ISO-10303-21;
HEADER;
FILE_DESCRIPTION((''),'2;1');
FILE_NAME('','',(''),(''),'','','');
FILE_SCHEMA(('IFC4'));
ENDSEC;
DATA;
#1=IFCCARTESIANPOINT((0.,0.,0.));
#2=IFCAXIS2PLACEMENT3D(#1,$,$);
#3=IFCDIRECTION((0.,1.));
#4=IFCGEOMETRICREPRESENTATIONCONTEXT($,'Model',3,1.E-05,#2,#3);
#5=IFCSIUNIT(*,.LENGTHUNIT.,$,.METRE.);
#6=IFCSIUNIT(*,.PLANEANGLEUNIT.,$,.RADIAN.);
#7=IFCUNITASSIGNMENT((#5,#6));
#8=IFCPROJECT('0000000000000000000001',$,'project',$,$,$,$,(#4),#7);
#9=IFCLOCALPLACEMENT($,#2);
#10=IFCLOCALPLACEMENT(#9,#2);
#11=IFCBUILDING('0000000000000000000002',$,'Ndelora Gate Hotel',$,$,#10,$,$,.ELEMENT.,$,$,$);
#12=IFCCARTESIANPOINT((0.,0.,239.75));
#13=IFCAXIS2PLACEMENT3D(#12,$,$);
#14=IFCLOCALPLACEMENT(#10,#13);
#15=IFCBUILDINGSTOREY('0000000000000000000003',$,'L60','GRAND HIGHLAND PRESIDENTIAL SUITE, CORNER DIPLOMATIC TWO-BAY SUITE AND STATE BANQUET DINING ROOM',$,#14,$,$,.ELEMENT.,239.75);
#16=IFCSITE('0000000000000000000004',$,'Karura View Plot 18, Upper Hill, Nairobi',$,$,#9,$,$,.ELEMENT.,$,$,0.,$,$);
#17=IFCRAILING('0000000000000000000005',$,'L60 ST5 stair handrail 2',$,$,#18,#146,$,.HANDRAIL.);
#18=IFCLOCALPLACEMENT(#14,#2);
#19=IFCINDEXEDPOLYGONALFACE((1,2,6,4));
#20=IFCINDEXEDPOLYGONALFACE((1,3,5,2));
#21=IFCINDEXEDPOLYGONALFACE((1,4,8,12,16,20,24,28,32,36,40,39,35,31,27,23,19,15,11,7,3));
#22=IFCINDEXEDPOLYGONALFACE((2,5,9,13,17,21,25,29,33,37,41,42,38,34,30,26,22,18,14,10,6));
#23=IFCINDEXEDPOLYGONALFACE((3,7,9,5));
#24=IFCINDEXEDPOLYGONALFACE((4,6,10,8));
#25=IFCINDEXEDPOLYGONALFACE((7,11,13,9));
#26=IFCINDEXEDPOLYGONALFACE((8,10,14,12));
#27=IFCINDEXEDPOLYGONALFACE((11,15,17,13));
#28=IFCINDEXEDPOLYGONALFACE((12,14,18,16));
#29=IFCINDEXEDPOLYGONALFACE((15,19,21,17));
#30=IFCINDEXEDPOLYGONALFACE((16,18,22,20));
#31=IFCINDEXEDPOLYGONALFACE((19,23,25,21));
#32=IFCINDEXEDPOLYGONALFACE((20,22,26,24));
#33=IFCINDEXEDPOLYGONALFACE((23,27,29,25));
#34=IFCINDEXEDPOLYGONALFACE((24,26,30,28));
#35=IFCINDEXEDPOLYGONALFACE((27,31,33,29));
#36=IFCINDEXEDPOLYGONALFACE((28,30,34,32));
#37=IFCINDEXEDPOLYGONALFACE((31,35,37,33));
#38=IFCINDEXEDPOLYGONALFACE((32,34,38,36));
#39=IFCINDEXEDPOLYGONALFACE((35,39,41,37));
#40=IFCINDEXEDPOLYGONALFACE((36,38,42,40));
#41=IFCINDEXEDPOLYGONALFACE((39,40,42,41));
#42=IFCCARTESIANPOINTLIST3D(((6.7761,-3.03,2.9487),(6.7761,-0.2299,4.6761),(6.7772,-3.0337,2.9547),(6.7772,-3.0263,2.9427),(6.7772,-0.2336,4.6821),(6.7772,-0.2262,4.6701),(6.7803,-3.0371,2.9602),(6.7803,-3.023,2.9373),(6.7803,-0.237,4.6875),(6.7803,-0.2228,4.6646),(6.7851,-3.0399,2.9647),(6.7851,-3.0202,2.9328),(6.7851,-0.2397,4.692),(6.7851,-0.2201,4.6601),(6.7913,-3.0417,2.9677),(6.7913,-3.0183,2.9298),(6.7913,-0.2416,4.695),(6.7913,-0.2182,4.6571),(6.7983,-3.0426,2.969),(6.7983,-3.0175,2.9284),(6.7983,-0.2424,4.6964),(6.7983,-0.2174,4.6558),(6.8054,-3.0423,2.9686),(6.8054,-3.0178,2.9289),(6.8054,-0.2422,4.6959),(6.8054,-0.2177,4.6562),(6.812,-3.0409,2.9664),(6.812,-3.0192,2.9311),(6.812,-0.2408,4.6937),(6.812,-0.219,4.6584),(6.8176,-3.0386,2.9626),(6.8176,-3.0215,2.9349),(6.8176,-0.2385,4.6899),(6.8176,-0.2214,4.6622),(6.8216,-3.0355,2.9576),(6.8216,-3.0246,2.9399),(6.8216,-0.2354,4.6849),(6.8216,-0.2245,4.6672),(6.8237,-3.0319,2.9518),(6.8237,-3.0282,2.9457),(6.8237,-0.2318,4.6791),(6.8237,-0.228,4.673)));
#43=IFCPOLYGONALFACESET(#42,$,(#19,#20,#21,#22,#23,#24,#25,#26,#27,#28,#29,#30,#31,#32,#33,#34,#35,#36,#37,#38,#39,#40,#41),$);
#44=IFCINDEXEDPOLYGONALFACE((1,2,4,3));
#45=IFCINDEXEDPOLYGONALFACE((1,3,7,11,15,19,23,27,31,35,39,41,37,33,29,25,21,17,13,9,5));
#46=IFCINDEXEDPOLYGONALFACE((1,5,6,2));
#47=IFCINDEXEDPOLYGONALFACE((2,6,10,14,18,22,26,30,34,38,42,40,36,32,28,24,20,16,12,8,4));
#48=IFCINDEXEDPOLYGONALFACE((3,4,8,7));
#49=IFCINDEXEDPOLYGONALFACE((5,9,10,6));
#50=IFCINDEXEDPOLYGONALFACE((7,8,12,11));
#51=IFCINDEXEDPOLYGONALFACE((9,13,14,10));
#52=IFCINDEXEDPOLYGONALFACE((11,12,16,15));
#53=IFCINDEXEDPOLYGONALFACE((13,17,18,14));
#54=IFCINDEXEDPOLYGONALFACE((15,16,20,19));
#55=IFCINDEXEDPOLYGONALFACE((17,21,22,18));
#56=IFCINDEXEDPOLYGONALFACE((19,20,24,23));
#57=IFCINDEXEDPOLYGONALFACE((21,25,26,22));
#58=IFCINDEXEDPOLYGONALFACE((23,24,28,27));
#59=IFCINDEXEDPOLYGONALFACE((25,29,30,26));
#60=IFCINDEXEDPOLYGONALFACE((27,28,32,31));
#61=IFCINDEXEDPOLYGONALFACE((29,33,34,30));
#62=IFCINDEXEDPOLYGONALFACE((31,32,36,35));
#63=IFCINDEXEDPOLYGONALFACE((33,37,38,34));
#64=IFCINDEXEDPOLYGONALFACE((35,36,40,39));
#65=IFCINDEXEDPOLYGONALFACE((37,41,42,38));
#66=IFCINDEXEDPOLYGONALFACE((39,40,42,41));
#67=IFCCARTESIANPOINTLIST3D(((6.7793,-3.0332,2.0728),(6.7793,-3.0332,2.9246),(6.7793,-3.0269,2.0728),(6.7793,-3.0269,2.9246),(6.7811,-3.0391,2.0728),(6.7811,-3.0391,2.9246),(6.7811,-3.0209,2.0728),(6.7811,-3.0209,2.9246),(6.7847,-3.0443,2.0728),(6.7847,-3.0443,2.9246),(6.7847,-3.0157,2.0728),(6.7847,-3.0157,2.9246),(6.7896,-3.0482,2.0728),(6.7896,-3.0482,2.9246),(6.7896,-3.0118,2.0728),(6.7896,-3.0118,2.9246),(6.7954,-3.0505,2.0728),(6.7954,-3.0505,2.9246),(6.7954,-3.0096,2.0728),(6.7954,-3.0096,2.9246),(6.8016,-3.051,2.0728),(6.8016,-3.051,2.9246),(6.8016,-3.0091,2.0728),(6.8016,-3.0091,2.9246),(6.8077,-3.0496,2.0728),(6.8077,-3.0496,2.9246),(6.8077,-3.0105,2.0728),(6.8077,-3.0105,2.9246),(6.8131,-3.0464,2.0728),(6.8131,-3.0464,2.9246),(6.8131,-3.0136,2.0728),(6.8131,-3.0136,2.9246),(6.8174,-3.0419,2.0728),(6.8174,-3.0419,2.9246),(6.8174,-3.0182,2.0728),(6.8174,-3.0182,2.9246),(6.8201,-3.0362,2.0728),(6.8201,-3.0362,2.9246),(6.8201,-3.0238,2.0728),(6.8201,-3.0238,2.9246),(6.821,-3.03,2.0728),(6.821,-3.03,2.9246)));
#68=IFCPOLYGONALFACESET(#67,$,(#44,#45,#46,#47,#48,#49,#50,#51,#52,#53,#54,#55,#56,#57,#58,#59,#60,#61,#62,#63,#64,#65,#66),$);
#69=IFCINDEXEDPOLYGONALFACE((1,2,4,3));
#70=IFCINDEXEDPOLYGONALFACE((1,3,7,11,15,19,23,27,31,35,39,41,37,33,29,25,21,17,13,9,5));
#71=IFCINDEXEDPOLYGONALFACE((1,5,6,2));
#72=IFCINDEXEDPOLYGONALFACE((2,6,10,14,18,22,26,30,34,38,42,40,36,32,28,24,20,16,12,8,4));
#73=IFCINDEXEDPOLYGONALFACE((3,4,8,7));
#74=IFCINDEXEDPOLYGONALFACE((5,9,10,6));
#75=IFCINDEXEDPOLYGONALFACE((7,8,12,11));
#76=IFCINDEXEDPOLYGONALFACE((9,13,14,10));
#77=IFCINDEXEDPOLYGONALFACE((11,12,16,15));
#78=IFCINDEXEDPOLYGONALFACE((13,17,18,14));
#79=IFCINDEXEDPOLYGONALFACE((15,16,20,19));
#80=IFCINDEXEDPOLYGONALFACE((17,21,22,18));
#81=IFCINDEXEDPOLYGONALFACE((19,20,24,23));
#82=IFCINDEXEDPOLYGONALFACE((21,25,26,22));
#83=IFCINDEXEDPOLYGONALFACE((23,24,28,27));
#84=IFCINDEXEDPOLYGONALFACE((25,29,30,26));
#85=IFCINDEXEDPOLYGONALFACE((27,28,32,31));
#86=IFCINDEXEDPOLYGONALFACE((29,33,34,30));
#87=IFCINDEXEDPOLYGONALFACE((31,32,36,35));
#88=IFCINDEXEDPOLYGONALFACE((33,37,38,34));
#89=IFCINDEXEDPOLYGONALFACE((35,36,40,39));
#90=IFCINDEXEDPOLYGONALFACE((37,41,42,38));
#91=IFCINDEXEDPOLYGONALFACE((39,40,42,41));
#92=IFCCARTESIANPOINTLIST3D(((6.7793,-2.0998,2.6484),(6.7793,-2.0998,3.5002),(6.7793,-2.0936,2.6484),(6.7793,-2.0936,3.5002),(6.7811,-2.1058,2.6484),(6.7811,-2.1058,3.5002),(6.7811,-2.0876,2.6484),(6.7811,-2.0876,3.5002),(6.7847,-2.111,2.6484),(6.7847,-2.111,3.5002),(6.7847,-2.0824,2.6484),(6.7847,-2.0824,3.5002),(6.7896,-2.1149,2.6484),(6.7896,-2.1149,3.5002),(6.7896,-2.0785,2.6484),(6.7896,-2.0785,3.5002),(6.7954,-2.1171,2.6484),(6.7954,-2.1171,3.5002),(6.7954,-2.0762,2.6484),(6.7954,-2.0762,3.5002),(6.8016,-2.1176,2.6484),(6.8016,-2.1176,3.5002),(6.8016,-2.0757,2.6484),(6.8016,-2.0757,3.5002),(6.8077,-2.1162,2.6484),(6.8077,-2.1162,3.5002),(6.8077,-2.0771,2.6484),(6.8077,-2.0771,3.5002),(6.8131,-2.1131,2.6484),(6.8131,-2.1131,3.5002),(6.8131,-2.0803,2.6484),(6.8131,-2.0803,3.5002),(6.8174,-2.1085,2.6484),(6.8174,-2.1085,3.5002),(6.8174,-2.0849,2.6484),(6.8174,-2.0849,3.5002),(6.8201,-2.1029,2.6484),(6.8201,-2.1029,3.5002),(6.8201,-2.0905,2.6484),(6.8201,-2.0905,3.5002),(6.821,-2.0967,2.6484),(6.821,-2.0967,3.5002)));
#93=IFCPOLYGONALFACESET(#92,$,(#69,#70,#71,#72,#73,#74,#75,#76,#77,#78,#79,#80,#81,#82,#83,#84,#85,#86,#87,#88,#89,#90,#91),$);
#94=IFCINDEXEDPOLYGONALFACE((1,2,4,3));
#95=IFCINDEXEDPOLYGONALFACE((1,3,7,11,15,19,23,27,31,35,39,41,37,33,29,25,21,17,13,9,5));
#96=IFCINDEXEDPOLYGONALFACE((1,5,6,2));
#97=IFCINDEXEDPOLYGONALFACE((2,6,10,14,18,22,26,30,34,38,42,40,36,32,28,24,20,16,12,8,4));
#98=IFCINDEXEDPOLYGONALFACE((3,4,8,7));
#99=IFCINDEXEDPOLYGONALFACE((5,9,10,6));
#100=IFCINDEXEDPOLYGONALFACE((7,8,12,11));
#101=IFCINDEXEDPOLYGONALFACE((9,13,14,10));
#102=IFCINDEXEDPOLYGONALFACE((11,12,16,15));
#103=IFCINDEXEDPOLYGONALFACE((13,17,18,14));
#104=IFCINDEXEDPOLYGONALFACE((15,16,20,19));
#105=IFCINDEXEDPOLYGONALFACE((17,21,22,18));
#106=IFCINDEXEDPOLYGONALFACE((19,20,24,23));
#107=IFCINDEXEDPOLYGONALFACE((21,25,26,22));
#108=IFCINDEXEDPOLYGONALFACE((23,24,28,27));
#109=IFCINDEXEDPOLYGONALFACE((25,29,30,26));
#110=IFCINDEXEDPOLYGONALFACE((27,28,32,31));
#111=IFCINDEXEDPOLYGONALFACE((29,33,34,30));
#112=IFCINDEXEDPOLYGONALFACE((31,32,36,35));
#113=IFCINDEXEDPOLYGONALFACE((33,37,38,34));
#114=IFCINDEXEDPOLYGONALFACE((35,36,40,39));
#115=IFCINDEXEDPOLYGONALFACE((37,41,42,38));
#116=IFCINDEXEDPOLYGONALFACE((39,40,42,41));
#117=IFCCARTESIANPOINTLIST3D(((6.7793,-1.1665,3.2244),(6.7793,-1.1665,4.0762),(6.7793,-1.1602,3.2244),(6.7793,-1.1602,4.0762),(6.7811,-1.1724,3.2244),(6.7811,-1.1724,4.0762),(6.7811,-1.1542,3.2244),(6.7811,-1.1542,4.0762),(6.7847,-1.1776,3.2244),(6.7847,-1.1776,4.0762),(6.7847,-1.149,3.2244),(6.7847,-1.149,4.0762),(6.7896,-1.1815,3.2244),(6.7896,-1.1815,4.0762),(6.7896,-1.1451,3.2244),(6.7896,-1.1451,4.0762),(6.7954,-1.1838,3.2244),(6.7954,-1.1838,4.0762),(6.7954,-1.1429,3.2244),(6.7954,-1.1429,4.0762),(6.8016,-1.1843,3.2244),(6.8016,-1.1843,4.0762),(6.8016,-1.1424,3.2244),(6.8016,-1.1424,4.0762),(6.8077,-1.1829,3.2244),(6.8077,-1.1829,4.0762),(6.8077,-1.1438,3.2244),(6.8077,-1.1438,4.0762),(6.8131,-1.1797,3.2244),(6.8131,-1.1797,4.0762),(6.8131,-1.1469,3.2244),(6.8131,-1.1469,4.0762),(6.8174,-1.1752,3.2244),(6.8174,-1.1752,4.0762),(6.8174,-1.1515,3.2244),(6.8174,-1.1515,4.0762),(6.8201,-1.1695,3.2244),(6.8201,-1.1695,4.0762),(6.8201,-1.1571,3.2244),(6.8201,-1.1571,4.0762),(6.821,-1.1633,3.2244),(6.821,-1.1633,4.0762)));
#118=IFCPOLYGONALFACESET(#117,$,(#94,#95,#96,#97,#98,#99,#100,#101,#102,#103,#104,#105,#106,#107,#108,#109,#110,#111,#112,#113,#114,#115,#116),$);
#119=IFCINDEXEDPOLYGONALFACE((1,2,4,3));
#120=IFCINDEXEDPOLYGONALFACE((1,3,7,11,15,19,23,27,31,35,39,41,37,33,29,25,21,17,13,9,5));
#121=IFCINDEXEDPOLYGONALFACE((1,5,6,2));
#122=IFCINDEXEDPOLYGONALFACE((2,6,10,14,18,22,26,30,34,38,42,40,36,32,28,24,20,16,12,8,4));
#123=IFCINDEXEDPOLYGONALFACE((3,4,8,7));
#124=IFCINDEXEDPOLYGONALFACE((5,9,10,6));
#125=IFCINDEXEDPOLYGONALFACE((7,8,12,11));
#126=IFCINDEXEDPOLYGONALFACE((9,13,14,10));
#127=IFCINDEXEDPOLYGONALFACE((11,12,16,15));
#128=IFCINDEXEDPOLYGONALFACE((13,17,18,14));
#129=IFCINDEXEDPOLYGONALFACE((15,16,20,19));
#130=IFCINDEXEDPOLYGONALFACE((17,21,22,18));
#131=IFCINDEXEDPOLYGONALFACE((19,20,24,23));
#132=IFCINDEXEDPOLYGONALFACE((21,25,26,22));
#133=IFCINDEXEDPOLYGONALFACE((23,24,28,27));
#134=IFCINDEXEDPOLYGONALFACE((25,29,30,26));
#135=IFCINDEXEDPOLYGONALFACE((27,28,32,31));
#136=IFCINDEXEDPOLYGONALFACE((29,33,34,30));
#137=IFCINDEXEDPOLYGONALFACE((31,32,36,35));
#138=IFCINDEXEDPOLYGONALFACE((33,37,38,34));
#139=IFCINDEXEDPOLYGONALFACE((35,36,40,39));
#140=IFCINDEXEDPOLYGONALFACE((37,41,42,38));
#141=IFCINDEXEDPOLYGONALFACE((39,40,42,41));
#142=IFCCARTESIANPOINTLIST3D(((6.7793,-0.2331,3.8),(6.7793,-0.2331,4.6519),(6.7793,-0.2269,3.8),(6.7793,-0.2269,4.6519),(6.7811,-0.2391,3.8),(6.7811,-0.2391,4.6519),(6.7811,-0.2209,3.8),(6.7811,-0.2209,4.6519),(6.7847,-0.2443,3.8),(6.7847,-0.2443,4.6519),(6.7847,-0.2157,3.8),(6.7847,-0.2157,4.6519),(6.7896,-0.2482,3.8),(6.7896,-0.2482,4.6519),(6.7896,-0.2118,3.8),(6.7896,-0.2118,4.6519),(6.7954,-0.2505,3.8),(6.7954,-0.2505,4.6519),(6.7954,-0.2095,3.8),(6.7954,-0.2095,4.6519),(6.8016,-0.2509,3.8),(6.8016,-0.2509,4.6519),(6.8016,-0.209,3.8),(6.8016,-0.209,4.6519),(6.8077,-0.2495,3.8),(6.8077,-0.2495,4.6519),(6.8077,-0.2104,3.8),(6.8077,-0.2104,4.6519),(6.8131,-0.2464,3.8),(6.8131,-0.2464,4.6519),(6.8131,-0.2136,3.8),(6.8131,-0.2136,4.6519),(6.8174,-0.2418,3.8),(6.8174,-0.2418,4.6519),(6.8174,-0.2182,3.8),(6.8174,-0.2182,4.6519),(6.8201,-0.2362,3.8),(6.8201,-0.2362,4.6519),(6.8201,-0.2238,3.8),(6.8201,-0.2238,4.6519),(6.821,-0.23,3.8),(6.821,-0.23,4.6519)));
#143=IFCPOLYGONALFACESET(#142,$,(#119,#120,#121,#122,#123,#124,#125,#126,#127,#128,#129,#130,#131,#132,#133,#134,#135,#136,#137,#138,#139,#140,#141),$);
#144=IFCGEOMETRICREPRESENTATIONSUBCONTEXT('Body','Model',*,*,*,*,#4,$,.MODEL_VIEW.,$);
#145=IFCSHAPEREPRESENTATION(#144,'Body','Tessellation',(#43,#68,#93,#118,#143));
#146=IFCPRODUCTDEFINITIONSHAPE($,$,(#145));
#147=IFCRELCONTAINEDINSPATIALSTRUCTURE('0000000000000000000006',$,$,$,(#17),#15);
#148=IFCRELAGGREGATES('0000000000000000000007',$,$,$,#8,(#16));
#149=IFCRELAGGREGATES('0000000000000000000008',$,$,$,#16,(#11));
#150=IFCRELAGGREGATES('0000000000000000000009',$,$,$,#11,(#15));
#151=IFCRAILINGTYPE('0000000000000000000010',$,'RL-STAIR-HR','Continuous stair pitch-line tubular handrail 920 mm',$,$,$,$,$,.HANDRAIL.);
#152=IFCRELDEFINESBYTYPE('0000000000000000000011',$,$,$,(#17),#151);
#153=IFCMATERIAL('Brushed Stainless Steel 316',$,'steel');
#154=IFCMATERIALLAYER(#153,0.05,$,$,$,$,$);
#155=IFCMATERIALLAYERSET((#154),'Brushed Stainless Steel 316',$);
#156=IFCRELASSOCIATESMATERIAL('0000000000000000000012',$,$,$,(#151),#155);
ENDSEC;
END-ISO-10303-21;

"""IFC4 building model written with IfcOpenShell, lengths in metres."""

from ifc_helpers import new_model, si_unit, direction, frame, origin, origin_2d, place, context, subcontext, project, spatial, circle, extrude, material, layer, layer_set, type_object, element, save


model = new_model("IFC4")

# Units and contexts
model_context = context("Model", 3, precision=1e-05, world=origin(), true_north=direction((0.0, 1.0)))
body_context = subcontext(model_context, "Body", "Model", "MODEL_VIEW")
ifc_project = project(units=[si_unit("LENGTHUNIT", "METRE"), si_unit("PLANEANGLEUNIT", "RADIAN")], contexts=[model_context])

# Site, building, storey
site_placement = place(None, origin())
site = spatial("IfcSite", under=ifc_project, at=site_placement, Name="Karura View Plot 18, Upper Hill, Nairobi", CompositionType="ELEMENT", RefElevation=0.0)
building_placement = place(site_placement, origin())
building = spatial("IfcBuilding", under=site, at=building_placement, Name="Ndelora Gate Hotel", CompositionType="ELEMENT")
storey_placement = place(building_placement, frame((0.0, 0.0, 239.75)))
storey = spatial("IfcBuildingStorey", under=building, at=storey_placement, Name="L60", Description="GRAND HIGHLAND PRESIDENTIAL SUITE, CORNER DIPLOMATIC TWO-BAY SUITE AND STATE BANQUET DINING ROOM", CompositionType="ELEMENT", Elevation=239.75)

# Railing
ifc_material_1 = material(Name="Brushed Stainless Steel 316", Category="steel")
ifc_layer_1 = layer(ifc_material_1, 0.05)
ifc_layer_set_1 = layer_set([ifc_layer_1], Name="Brushed Stainless Steel 316")
railing_type_1 = type_object("IfcRailingType", Name="RL-STAIR-HR", Description="Continuous stair pitch-line tubular handrail 920 mm", PredefinedType="HANDRAIL", material=ifc_layer_set_1)
railing_1_placement = place(storey_placement, frame((6.8, -3.03, 2.0728)))
element("IfcRailing", 1, at=railing_1_placement, inside=storey, type_object=railing_type_1, Name="L60 ST5 stair handrail 2", PredefinedType="HANDRAIL", context=body_context, shape_type="SweptSolid", body=[
    extrude(circle(Radius=0.0239, at=origin_2d()), frame((0.0, 0.0, 0.876), z_axis=(0.0, 0.85109, 0.52502), x_axis=(-1.0, 0.0, 0.0)), (0.0, 0.0, 1.0), 3.29),
    extrude(circle(Radius=0.021, at=origin_2d()), origin(), (0.0, 0.0, 1.0), 0.8518),
    extrude(circle(Radius=0.021, at=origin_2d()), frame((0.0, 0.9333, 0.5757)), (0.0, 0.0, 1.0), 0.8518),
    extrude(circle(Radius=0.021, at=origin_2d()), frame((0.0, 1.8667, 1.1516)), (0.0, 0.0, 1.0), 0.8518),
    extrude(circle(Radius=0.021, at=origin_2d()), frame((0.0, 2.8, 1.7273)), (0.0, 0.0, 1.0), 0.8518),
])

save(model, "model.ifc")
